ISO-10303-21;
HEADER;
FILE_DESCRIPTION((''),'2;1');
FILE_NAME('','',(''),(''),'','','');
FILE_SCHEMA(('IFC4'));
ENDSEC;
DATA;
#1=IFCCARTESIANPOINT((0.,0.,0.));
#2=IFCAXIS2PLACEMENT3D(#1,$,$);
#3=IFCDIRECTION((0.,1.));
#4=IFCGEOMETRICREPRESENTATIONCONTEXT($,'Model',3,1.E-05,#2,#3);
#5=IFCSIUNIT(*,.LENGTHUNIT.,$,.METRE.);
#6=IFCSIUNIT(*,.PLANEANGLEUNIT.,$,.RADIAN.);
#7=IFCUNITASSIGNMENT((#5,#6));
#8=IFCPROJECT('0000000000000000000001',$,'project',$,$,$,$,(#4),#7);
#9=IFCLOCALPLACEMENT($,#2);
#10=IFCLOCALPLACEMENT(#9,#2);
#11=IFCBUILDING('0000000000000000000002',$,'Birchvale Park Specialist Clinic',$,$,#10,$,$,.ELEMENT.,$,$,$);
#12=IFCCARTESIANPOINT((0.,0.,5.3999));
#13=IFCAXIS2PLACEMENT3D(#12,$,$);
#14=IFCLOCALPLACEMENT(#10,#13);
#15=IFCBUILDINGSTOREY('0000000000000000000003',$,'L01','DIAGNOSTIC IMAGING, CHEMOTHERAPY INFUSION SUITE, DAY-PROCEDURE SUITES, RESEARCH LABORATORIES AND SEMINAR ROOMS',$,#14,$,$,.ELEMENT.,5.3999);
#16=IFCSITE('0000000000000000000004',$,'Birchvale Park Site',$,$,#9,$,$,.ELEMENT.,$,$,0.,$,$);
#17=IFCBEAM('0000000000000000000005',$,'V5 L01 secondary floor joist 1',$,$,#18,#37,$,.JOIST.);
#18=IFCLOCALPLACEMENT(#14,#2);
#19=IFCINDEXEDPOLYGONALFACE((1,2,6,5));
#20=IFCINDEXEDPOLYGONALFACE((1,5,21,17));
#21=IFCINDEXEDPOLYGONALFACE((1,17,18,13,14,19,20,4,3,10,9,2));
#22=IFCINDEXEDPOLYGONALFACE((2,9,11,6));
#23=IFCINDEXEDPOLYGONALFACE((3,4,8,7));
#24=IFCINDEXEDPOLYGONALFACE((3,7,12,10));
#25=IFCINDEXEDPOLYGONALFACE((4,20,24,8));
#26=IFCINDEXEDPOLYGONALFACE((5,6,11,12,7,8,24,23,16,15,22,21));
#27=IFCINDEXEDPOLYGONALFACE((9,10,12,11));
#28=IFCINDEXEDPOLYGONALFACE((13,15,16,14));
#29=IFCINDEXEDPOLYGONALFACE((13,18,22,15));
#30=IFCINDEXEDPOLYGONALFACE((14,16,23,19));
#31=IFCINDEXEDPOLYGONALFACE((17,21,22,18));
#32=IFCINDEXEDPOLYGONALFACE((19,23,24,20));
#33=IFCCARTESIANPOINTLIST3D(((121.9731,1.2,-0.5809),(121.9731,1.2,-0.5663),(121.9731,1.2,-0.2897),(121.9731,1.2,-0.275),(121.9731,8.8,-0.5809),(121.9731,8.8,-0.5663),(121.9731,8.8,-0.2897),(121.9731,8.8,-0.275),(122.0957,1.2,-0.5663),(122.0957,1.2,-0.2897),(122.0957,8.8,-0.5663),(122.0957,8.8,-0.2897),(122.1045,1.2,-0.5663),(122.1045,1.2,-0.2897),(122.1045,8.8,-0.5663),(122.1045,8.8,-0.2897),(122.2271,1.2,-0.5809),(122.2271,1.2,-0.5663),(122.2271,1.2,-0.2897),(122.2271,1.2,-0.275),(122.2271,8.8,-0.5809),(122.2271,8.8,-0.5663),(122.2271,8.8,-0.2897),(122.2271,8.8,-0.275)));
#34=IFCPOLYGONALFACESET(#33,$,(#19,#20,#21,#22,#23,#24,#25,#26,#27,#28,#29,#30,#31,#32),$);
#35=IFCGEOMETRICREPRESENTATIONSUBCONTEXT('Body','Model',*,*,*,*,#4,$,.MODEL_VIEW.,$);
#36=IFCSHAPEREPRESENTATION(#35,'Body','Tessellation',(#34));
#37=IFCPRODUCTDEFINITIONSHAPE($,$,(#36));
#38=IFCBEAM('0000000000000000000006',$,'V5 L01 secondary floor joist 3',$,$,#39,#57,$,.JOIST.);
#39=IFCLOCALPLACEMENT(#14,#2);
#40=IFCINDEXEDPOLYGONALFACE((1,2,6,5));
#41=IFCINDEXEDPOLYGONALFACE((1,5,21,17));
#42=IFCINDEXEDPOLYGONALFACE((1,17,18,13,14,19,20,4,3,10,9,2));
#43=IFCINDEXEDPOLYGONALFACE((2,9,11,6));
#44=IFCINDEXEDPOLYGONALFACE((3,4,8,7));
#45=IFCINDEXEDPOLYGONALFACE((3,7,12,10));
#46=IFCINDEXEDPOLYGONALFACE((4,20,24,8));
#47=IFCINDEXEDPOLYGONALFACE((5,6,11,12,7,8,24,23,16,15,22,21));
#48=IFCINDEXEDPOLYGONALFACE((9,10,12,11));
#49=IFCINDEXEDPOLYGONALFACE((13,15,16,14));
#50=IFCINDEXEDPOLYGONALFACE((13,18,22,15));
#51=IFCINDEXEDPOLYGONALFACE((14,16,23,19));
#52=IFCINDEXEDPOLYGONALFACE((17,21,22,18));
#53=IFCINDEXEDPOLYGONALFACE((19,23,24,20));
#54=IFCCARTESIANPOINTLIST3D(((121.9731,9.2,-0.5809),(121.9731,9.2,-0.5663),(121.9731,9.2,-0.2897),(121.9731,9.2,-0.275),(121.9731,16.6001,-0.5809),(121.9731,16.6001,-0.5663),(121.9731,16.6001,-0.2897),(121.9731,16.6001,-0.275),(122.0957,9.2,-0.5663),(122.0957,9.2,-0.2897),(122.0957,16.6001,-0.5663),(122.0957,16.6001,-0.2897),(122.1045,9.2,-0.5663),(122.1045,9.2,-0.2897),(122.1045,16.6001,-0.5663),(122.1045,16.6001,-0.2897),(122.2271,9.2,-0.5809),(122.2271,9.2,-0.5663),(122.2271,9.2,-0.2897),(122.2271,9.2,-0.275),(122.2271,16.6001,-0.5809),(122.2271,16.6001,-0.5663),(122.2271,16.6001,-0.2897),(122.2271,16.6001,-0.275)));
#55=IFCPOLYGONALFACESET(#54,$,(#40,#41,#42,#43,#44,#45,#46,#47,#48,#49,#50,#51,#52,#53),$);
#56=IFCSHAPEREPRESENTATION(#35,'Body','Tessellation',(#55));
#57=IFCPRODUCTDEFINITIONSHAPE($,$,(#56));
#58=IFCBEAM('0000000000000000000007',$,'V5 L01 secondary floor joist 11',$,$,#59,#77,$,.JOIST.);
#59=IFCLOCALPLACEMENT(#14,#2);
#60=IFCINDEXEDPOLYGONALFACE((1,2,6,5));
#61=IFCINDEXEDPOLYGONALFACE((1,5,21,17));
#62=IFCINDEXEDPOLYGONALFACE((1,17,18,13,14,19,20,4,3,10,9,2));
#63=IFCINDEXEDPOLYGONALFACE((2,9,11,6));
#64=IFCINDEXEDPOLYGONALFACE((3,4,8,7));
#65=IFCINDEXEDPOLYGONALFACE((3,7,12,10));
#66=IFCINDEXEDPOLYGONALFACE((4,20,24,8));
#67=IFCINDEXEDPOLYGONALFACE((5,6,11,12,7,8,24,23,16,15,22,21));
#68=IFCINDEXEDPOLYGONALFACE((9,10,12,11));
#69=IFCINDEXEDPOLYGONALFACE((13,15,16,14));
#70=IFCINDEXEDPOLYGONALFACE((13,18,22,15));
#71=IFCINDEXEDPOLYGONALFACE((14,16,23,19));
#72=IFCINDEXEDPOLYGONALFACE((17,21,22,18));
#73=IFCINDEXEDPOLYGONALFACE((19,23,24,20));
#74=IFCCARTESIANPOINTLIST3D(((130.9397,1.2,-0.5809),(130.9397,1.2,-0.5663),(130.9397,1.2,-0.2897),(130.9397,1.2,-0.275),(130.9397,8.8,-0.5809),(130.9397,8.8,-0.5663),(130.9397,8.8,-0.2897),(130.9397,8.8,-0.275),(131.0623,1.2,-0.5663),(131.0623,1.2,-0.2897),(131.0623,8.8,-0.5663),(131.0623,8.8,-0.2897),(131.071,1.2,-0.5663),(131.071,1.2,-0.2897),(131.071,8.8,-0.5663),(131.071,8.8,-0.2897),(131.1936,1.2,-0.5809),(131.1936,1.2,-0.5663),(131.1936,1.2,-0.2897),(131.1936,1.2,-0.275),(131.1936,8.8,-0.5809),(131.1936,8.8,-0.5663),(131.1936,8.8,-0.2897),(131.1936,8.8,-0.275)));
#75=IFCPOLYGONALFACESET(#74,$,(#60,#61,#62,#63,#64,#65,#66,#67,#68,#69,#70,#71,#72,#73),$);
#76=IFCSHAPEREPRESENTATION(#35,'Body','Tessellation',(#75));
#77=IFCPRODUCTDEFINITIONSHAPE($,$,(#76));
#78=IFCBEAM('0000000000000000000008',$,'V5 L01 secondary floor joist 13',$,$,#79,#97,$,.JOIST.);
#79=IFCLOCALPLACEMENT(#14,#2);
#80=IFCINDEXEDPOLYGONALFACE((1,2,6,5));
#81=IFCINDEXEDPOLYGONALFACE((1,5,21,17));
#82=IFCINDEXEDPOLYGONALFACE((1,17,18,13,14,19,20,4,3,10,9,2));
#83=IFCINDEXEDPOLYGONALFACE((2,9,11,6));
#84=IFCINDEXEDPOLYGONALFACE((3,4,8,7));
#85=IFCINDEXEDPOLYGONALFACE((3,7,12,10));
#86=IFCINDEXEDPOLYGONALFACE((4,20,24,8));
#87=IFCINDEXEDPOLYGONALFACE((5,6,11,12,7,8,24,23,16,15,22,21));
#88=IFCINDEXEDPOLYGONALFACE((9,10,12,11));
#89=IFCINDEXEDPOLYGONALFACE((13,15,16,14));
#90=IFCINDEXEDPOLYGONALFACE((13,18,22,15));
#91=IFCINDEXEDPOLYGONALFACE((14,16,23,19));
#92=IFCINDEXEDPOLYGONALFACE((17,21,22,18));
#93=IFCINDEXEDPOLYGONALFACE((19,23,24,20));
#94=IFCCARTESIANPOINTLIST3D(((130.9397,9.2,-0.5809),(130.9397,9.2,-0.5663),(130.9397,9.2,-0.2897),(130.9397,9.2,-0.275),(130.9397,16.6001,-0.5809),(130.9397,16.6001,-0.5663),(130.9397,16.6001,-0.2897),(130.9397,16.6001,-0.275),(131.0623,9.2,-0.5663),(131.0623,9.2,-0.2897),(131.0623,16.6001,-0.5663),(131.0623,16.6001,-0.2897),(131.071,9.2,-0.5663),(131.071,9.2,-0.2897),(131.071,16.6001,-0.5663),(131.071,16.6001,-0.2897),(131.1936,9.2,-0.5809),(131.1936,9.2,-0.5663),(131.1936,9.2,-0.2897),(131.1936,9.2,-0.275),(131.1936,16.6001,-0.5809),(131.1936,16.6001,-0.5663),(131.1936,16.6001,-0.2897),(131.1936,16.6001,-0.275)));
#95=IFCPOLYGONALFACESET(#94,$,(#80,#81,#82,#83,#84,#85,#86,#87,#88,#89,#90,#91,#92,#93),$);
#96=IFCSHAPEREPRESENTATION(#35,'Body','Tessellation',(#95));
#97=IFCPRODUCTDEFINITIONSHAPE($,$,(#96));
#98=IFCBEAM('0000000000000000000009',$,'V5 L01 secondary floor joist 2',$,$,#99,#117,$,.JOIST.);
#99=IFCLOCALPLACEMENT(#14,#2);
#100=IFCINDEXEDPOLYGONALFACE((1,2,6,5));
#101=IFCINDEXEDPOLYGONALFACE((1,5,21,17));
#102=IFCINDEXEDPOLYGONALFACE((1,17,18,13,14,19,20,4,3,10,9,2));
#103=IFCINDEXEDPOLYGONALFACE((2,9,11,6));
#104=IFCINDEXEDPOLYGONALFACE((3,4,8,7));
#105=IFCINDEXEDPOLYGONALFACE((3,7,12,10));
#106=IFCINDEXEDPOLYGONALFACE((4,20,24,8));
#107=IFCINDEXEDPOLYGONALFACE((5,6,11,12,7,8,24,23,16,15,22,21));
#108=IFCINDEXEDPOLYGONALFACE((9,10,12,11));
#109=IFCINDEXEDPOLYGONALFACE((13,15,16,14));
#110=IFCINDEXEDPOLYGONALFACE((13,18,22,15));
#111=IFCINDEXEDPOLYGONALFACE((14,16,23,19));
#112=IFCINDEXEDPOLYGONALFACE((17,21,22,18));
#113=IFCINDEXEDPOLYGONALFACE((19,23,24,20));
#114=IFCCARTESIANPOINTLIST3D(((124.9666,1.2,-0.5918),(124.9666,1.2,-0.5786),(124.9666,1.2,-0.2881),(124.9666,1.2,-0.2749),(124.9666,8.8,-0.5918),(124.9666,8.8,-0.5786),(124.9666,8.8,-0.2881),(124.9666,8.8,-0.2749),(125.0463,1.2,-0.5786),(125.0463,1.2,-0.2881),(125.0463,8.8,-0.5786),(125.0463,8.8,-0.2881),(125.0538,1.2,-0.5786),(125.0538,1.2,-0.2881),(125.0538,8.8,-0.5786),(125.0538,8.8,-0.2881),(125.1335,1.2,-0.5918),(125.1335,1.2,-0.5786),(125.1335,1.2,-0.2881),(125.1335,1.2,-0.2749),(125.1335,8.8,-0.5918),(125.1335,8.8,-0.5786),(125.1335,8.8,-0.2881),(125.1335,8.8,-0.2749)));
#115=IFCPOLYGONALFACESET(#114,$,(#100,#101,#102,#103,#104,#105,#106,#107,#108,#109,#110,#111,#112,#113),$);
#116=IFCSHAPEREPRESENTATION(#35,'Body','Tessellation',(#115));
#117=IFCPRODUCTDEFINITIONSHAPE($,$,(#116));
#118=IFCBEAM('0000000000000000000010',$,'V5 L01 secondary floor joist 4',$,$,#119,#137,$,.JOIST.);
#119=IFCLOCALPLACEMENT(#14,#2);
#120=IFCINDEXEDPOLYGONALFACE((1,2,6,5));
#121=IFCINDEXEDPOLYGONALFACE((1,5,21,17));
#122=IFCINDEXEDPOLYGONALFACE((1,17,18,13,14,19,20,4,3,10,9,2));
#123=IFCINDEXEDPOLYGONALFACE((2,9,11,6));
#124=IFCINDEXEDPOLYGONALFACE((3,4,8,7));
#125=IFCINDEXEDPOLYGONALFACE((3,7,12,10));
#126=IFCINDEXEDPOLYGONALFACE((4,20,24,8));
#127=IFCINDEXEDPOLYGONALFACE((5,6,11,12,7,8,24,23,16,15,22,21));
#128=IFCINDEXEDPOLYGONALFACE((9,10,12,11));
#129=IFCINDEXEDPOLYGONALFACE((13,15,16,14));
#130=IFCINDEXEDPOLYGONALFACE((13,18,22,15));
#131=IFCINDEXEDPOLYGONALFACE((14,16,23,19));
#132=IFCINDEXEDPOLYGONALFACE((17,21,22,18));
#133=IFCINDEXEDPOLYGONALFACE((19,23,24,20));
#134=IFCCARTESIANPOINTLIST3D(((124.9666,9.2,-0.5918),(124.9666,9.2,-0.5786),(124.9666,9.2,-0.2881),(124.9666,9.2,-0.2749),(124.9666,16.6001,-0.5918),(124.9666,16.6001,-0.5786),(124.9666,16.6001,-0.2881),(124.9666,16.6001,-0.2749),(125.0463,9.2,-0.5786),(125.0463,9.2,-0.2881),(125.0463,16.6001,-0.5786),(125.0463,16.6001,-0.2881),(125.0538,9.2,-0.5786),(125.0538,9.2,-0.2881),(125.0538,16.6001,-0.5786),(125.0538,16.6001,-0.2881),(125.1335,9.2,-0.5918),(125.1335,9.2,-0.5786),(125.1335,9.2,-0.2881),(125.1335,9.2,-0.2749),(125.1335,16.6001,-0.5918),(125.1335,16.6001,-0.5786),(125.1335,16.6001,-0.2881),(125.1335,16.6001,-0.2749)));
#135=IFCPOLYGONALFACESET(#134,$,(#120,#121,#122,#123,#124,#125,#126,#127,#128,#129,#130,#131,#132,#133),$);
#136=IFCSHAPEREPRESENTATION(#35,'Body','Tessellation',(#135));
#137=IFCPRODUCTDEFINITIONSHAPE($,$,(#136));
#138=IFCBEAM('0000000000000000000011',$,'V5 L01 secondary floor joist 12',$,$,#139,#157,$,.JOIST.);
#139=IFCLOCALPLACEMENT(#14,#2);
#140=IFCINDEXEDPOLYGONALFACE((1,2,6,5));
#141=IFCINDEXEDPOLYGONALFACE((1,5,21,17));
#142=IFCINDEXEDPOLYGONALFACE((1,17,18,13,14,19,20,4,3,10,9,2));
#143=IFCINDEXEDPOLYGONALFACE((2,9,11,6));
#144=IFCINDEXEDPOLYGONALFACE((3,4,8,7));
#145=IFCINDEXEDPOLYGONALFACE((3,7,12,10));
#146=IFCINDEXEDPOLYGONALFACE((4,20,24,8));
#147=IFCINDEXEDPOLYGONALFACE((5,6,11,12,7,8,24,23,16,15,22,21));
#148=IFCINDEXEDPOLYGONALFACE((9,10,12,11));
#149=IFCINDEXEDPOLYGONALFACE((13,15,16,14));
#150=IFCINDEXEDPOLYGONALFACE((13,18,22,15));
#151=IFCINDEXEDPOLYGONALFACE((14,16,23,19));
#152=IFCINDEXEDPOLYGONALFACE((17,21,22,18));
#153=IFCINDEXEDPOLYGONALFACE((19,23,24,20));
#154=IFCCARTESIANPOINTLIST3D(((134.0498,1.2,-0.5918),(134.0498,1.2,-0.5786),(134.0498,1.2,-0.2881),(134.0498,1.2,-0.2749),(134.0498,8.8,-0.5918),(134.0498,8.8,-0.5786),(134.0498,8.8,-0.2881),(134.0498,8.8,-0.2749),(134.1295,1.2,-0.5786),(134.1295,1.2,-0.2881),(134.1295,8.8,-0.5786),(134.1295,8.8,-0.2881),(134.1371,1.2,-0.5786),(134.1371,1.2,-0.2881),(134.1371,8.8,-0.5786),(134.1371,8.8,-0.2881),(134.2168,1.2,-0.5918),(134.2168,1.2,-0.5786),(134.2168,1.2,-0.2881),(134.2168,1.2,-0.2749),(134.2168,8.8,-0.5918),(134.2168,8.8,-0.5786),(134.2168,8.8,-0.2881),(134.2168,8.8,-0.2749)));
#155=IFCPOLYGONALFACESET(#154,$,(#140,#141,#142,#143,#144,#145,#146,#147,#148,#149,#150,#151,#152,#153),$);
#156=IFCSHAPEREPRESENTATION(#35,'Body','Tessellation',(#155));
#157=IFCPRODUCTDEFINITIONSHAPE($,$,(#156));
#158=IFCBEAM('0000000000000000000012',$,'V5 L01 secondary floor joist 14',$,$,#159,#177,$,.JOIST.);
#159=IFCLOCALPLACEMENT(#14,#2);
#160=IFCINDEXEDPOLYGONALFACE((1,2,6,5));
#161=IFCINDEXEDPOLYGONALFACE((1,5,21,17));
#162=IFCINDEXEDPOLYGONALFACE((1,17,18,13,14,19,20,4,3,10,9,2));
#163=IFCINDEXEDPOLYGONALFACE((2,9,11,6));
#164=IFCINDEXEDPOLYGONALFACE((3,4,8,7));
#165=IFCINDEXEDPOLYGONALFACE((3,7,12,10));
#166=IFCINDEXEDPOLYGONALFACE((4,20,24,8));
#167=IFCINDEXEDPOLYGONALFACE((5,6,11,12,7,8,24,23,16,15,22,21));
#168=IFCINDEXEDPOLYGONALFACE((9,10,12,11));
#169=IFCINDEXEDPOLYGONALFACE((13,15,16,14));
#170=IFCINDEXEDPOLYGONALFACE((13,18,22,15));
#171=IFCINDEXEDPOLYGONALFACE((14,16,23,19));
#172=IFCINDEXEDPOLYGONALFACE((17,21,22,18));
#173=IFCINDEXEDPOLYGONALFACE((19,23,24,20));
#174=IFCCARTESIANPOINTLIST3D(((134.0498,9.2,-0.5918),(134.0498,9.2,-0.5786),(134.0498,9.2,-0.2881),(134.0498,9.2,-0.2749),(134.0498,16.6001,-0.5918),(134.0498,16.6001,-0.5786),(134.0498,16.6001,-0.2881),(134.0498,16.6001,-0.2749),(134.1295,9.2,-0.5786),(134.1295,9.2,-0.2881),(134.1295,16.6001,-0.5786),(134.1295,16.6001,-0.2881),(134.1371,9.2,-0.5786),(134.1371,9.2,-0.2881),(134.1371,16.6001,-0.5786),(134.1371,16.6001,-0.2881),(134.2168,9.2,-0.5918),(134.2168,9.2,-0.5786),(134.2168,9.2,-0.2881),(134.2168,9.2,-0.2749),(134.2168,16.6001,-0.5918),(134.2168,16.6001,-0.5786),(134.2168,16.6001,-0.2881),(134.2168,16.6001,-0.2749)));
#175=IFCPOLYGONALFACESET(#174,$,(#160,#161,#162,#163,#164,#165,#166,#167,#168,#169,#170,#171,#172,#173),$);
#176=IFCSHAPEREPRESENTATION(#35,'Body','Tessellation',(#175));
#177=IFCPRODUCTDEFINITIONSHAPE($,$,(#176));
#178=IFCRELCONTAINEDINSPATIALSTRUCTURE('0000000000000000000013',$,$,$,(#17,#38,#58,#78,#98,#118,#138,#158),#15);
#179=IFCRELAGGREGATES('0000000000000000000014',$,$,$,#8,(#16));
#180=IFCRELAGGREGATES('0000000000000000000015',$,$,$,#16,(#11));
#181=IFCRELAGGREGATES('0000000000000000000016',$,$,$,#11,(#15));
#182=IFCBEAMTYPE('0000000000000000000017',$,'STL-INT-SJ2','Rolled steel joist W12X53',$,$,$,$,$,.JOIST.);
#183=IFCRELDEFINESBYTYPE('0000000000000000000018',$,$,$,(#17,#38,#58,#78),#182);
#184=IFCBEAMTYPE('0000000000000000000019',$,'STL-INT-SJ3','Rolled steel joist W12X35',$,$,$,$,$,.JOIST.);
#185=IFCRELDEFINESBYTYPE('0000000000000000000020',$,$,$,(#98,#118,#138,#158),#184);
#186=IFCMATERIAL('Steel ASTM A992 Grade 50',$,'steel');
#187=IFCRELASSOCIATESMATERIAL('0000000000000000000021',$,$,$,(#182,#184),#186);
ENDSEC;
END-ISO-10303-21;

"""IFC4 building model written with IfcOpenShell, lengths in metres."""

from ifc_helpers import new_model, si_unit, direction, frame, origin, origin_2d, place, context, subcontext, project, spatial, i_section, extrude, material, material_profile, profile_set, type_object, element, save


model = new_model("IFC4")

# Units and contexts
model_context = context("Model", 3, precision=1e-05, world=origin(), true_north=direction((0.0, 1.0)))
body_context = subcontext(model_context, "Body", "Model", "MODEL_VIEW")
ifc_project = project(units=[si_unit("LENGTHUNIT", "METRE"), si_unit("PLANEANGLEUNIT", "RADIAN")], contexts=[model_context])

# Site, building, storey
site_placement = place(None, origin())
site = spatial("IfcSite", under=ifc_project, at=site_placement, Name="Birchvale Park Site", CompositionType="ELEMENT", RefElevation=0.0)
building_placement = place(site_placement, origin())
building = spatial("IfcBuilding", under=site, at=building_placement, Name="Birchvale Park Specialist Clinic", CompositionType="ELEMENT")
storey_placement = place(building_placement, frame((0.0, 0.0, 5.3999)))
storey = spatial("IfcBuildingStorey", under=building, at=storey_placement, Name="L01", Description="DIAGNOSTIC IMAGING, CHEMOTHERAPY INFUSION SUITE, DAY-PROCEDURE SUITES, RESEARCH LABORATORIES AND SEMINAR ROOMS", CompositionType="ELEMENT", Elevation=5.3999)

# Beams
ifc_material_1 = material(Name="Steel ASTM A992 Grade 50", Category="steel")
ifc_material_profile_1 = material_profile(ifc_material_1, i_section(OverallWidth=0.2539, OverallDepth=0.3059, WebThickness=0.0088, FlangeThickness=0.0146, at=origin_2d()), Name="W12X53")
ifc_profile_set_1 = profile_set([ifc_material_profile_1], Name="Steel ASTM A992 Grade 50")
beam_type_1 = type_object("IfcBeamType", Name="STL-INT-SJ2", Description="Rolled steel joist W12X53", PredefinedType="JOIST", material=ifc_profile_set_1)
beam_1_placement = place(storey_placement, frame((122.1001, 1.2, -0.428), z_axis=(0.0, 1.0, 0.0), x_axis=(-1.0, 0.0, 0.0)))
element("IfcBeam", 1, at=beam_1_placement, inside=storey, type_object=beam_type_1, Name="V5 L01 secondary floor joist 1", PredefinedType="JOIST", context=body_context, shape_type="SweptSolid", body=[
    extrude(i_section(OverallWidth=0.2539, OverallDepth=0.3059, WebThickness=0.0088, FlangeThickness=0.0146, at=origin_2d()), origin(), (0.0, 0.0, 1.0), 7.6001),
])
beam_2_placement = place(storey_placement, frame((122.1001, 9.2, -0.428), z_axis=(0.0, 1.0, 0.0), x_axis=(-1.0, 0.0, 0.0)))
element("IfcBeam", 2, at=beam_2_placement, inside=storey, type_object=beam_type_1, Name="V5 L01 secondary floor joist 3", PredefinedType="JOIST", context=body_context, shape_type="SweptSolid", body=[
    extrude(i_section(OverallWidth=0.2539, OverallDepth=0.3059, WebThickness=0.0088, FlangeThickness=0.0146, at=origin_2d()), origin(), (0.0, 0.0, 1.0), 7.4001),
])
beam_3_placement = place(storey_placement, frame((131.0667, 1.2, -0.428), z_axis=(0.0, 1.0, 0.0), x_axis=(-1.0, 0.0, 0.0)))
element("IfcBeam", 3, at=beam_3_placement, inside=storey, type_object=beam_type_1, Name="V5 L01 secondary floor joist 11", PredefinedType="JOIST", context=body_context, shape_type="SweptSolid", body=[
    extrude(i_section(OverallWidth=0.2539, OverallDepth=0.3059, WebThickness=0.0088, FlangeThickness=0.0146, at=origin_2d()), origin(), (0.0, 0.0, 1.0), 7.6001),
])
beam_4_placement = place(storey_placement, frame((131.0667, 9.2, -0.428), z_axis=(0.0, 1.0, 0.0), x_axis=(-1.0, 0.0, 0.0)))
element("IfcBeam", 4, at=beam_4_placement, inside=storey, type_object=beam_type_1, Name="V5 L01 secondary floor joist 13", PredefinedType="JOIST", context=body_context, shape_type="SweptSolid", body=[
    extrude(i_section(OverallWidth=0.2539, OverallDepth=0.3059, WebThickness=0.0088, FlangeThickness=0.0146, at=origin_2d()), origin(), (0.0, 0.0, 1.0), 7.4001),
])
ifc_material_profile_2 = material_profile(ifc_material_1, i_section(OverallWidth=0.167, OverallDepth=0.3169, WebThickness=0.0076, FlangeThickness=0.0132, at=origin_2d()), Name="W12X35")
ifc_profile_set_2 = profile_set([ifc_material_profile_2], Name="Steel ASTM A992 Grade 50")
beam_type_2 = type_object("IfcBeamType", Name="STL-INT-SJ3", Description="Rolled steel joist W12X35", PredefinedType="JOIST", material=ifc_profile_set_2)
beam_5_placement = place(storey_placement, frame((125.05, 1.2, -0.4333), z_axis=(0.0, 1.0, 0.0), x_axis=(-1.0, 0.0, 0.0)))
element("IfcBeam", 5, at=beam_5_placement, inside=storey, type_object=beam_type_2, Name="V5 L01 secondary floor joist 2", PredefinedType="JOIST", context=body_context, shape_type="SweptSolid", body=[
    extrude(i_section(OverallWidth=0.167, OverallDepth=0.3169, WebThickness=0.0076, FlangeThickness=0.0132, at=origin_2d()), origin(), (0.0, 0.0, 1.0), 7.6001),
])
beam_6_placement = place(storey_placement, frame((125.05, 9.2, -0.4333), z_axis=(0.0, 1.0, 0.0), x_axis=(-1.0, 0.0, 0.0)))
element("IfcBeam", 6, at=beam_6_placement, inside=storey, type_object=beam_type_2, Name="V5 L01 secondary floor joist 4", PredefinedType="JOIST", context=body_context, shape_type="SweptSolid", body=[
    extrude(i_section(OverallWidth=0.167, OverallDepth=0.3169, WebThickness=0.0076, FlangeThickness=0.0132, at=origin_2d()), origin(), (0.0, 0.0, 1.0), 7.4001),
])
beam_7_placement = place(storey_placement, frame((134.1333, 1.2, -0.4333), z_axis=(0.0, 1.0, 0.0), x_axis=(-1.0, 0.0, 0.0)))
element("IfcBeam", 7, at=beam_7_placement, inside=storey, type_object=beam_type_2, Name="V5 L01 secondary floor joist 12", PredefinedType="JOIST", context=body_context, shape_type="SweptSolid", body=[
    extrude(i_section(OverallWidth=0.167, OverallDepth=0.3169, WebThickness=0.0076, FlangeThickness=0.0132, at=origin_2d()), origin(), (0.0, 0.0, 1.0), 7.6001),
])
beam_8_placement = place(storey_placement, frame((134.1333, 9.2, -0.4333), z_axis=(0.0, 1.0, 0.0), x_axis=(-1.0, 0.0, 0.0)))
element("IfcBeam", 8, at=beam_8_placement, inside=storey, type_object=beam_type_2, Name="V5 L01 secondary floor joist 14", PredefinedType="JOIST", context=body_context, shape_type="SweptSolid", body=[
    extrude(i_section(OverallWidth=0.167, OverallDepth=0.3169, WebThickness=0.0076, FlangeThickness=0.0132, at=origin_2d()), origin(), (0.0, 0.0, 1.0), 7.4001),
])

save(model, "model.ifc")
